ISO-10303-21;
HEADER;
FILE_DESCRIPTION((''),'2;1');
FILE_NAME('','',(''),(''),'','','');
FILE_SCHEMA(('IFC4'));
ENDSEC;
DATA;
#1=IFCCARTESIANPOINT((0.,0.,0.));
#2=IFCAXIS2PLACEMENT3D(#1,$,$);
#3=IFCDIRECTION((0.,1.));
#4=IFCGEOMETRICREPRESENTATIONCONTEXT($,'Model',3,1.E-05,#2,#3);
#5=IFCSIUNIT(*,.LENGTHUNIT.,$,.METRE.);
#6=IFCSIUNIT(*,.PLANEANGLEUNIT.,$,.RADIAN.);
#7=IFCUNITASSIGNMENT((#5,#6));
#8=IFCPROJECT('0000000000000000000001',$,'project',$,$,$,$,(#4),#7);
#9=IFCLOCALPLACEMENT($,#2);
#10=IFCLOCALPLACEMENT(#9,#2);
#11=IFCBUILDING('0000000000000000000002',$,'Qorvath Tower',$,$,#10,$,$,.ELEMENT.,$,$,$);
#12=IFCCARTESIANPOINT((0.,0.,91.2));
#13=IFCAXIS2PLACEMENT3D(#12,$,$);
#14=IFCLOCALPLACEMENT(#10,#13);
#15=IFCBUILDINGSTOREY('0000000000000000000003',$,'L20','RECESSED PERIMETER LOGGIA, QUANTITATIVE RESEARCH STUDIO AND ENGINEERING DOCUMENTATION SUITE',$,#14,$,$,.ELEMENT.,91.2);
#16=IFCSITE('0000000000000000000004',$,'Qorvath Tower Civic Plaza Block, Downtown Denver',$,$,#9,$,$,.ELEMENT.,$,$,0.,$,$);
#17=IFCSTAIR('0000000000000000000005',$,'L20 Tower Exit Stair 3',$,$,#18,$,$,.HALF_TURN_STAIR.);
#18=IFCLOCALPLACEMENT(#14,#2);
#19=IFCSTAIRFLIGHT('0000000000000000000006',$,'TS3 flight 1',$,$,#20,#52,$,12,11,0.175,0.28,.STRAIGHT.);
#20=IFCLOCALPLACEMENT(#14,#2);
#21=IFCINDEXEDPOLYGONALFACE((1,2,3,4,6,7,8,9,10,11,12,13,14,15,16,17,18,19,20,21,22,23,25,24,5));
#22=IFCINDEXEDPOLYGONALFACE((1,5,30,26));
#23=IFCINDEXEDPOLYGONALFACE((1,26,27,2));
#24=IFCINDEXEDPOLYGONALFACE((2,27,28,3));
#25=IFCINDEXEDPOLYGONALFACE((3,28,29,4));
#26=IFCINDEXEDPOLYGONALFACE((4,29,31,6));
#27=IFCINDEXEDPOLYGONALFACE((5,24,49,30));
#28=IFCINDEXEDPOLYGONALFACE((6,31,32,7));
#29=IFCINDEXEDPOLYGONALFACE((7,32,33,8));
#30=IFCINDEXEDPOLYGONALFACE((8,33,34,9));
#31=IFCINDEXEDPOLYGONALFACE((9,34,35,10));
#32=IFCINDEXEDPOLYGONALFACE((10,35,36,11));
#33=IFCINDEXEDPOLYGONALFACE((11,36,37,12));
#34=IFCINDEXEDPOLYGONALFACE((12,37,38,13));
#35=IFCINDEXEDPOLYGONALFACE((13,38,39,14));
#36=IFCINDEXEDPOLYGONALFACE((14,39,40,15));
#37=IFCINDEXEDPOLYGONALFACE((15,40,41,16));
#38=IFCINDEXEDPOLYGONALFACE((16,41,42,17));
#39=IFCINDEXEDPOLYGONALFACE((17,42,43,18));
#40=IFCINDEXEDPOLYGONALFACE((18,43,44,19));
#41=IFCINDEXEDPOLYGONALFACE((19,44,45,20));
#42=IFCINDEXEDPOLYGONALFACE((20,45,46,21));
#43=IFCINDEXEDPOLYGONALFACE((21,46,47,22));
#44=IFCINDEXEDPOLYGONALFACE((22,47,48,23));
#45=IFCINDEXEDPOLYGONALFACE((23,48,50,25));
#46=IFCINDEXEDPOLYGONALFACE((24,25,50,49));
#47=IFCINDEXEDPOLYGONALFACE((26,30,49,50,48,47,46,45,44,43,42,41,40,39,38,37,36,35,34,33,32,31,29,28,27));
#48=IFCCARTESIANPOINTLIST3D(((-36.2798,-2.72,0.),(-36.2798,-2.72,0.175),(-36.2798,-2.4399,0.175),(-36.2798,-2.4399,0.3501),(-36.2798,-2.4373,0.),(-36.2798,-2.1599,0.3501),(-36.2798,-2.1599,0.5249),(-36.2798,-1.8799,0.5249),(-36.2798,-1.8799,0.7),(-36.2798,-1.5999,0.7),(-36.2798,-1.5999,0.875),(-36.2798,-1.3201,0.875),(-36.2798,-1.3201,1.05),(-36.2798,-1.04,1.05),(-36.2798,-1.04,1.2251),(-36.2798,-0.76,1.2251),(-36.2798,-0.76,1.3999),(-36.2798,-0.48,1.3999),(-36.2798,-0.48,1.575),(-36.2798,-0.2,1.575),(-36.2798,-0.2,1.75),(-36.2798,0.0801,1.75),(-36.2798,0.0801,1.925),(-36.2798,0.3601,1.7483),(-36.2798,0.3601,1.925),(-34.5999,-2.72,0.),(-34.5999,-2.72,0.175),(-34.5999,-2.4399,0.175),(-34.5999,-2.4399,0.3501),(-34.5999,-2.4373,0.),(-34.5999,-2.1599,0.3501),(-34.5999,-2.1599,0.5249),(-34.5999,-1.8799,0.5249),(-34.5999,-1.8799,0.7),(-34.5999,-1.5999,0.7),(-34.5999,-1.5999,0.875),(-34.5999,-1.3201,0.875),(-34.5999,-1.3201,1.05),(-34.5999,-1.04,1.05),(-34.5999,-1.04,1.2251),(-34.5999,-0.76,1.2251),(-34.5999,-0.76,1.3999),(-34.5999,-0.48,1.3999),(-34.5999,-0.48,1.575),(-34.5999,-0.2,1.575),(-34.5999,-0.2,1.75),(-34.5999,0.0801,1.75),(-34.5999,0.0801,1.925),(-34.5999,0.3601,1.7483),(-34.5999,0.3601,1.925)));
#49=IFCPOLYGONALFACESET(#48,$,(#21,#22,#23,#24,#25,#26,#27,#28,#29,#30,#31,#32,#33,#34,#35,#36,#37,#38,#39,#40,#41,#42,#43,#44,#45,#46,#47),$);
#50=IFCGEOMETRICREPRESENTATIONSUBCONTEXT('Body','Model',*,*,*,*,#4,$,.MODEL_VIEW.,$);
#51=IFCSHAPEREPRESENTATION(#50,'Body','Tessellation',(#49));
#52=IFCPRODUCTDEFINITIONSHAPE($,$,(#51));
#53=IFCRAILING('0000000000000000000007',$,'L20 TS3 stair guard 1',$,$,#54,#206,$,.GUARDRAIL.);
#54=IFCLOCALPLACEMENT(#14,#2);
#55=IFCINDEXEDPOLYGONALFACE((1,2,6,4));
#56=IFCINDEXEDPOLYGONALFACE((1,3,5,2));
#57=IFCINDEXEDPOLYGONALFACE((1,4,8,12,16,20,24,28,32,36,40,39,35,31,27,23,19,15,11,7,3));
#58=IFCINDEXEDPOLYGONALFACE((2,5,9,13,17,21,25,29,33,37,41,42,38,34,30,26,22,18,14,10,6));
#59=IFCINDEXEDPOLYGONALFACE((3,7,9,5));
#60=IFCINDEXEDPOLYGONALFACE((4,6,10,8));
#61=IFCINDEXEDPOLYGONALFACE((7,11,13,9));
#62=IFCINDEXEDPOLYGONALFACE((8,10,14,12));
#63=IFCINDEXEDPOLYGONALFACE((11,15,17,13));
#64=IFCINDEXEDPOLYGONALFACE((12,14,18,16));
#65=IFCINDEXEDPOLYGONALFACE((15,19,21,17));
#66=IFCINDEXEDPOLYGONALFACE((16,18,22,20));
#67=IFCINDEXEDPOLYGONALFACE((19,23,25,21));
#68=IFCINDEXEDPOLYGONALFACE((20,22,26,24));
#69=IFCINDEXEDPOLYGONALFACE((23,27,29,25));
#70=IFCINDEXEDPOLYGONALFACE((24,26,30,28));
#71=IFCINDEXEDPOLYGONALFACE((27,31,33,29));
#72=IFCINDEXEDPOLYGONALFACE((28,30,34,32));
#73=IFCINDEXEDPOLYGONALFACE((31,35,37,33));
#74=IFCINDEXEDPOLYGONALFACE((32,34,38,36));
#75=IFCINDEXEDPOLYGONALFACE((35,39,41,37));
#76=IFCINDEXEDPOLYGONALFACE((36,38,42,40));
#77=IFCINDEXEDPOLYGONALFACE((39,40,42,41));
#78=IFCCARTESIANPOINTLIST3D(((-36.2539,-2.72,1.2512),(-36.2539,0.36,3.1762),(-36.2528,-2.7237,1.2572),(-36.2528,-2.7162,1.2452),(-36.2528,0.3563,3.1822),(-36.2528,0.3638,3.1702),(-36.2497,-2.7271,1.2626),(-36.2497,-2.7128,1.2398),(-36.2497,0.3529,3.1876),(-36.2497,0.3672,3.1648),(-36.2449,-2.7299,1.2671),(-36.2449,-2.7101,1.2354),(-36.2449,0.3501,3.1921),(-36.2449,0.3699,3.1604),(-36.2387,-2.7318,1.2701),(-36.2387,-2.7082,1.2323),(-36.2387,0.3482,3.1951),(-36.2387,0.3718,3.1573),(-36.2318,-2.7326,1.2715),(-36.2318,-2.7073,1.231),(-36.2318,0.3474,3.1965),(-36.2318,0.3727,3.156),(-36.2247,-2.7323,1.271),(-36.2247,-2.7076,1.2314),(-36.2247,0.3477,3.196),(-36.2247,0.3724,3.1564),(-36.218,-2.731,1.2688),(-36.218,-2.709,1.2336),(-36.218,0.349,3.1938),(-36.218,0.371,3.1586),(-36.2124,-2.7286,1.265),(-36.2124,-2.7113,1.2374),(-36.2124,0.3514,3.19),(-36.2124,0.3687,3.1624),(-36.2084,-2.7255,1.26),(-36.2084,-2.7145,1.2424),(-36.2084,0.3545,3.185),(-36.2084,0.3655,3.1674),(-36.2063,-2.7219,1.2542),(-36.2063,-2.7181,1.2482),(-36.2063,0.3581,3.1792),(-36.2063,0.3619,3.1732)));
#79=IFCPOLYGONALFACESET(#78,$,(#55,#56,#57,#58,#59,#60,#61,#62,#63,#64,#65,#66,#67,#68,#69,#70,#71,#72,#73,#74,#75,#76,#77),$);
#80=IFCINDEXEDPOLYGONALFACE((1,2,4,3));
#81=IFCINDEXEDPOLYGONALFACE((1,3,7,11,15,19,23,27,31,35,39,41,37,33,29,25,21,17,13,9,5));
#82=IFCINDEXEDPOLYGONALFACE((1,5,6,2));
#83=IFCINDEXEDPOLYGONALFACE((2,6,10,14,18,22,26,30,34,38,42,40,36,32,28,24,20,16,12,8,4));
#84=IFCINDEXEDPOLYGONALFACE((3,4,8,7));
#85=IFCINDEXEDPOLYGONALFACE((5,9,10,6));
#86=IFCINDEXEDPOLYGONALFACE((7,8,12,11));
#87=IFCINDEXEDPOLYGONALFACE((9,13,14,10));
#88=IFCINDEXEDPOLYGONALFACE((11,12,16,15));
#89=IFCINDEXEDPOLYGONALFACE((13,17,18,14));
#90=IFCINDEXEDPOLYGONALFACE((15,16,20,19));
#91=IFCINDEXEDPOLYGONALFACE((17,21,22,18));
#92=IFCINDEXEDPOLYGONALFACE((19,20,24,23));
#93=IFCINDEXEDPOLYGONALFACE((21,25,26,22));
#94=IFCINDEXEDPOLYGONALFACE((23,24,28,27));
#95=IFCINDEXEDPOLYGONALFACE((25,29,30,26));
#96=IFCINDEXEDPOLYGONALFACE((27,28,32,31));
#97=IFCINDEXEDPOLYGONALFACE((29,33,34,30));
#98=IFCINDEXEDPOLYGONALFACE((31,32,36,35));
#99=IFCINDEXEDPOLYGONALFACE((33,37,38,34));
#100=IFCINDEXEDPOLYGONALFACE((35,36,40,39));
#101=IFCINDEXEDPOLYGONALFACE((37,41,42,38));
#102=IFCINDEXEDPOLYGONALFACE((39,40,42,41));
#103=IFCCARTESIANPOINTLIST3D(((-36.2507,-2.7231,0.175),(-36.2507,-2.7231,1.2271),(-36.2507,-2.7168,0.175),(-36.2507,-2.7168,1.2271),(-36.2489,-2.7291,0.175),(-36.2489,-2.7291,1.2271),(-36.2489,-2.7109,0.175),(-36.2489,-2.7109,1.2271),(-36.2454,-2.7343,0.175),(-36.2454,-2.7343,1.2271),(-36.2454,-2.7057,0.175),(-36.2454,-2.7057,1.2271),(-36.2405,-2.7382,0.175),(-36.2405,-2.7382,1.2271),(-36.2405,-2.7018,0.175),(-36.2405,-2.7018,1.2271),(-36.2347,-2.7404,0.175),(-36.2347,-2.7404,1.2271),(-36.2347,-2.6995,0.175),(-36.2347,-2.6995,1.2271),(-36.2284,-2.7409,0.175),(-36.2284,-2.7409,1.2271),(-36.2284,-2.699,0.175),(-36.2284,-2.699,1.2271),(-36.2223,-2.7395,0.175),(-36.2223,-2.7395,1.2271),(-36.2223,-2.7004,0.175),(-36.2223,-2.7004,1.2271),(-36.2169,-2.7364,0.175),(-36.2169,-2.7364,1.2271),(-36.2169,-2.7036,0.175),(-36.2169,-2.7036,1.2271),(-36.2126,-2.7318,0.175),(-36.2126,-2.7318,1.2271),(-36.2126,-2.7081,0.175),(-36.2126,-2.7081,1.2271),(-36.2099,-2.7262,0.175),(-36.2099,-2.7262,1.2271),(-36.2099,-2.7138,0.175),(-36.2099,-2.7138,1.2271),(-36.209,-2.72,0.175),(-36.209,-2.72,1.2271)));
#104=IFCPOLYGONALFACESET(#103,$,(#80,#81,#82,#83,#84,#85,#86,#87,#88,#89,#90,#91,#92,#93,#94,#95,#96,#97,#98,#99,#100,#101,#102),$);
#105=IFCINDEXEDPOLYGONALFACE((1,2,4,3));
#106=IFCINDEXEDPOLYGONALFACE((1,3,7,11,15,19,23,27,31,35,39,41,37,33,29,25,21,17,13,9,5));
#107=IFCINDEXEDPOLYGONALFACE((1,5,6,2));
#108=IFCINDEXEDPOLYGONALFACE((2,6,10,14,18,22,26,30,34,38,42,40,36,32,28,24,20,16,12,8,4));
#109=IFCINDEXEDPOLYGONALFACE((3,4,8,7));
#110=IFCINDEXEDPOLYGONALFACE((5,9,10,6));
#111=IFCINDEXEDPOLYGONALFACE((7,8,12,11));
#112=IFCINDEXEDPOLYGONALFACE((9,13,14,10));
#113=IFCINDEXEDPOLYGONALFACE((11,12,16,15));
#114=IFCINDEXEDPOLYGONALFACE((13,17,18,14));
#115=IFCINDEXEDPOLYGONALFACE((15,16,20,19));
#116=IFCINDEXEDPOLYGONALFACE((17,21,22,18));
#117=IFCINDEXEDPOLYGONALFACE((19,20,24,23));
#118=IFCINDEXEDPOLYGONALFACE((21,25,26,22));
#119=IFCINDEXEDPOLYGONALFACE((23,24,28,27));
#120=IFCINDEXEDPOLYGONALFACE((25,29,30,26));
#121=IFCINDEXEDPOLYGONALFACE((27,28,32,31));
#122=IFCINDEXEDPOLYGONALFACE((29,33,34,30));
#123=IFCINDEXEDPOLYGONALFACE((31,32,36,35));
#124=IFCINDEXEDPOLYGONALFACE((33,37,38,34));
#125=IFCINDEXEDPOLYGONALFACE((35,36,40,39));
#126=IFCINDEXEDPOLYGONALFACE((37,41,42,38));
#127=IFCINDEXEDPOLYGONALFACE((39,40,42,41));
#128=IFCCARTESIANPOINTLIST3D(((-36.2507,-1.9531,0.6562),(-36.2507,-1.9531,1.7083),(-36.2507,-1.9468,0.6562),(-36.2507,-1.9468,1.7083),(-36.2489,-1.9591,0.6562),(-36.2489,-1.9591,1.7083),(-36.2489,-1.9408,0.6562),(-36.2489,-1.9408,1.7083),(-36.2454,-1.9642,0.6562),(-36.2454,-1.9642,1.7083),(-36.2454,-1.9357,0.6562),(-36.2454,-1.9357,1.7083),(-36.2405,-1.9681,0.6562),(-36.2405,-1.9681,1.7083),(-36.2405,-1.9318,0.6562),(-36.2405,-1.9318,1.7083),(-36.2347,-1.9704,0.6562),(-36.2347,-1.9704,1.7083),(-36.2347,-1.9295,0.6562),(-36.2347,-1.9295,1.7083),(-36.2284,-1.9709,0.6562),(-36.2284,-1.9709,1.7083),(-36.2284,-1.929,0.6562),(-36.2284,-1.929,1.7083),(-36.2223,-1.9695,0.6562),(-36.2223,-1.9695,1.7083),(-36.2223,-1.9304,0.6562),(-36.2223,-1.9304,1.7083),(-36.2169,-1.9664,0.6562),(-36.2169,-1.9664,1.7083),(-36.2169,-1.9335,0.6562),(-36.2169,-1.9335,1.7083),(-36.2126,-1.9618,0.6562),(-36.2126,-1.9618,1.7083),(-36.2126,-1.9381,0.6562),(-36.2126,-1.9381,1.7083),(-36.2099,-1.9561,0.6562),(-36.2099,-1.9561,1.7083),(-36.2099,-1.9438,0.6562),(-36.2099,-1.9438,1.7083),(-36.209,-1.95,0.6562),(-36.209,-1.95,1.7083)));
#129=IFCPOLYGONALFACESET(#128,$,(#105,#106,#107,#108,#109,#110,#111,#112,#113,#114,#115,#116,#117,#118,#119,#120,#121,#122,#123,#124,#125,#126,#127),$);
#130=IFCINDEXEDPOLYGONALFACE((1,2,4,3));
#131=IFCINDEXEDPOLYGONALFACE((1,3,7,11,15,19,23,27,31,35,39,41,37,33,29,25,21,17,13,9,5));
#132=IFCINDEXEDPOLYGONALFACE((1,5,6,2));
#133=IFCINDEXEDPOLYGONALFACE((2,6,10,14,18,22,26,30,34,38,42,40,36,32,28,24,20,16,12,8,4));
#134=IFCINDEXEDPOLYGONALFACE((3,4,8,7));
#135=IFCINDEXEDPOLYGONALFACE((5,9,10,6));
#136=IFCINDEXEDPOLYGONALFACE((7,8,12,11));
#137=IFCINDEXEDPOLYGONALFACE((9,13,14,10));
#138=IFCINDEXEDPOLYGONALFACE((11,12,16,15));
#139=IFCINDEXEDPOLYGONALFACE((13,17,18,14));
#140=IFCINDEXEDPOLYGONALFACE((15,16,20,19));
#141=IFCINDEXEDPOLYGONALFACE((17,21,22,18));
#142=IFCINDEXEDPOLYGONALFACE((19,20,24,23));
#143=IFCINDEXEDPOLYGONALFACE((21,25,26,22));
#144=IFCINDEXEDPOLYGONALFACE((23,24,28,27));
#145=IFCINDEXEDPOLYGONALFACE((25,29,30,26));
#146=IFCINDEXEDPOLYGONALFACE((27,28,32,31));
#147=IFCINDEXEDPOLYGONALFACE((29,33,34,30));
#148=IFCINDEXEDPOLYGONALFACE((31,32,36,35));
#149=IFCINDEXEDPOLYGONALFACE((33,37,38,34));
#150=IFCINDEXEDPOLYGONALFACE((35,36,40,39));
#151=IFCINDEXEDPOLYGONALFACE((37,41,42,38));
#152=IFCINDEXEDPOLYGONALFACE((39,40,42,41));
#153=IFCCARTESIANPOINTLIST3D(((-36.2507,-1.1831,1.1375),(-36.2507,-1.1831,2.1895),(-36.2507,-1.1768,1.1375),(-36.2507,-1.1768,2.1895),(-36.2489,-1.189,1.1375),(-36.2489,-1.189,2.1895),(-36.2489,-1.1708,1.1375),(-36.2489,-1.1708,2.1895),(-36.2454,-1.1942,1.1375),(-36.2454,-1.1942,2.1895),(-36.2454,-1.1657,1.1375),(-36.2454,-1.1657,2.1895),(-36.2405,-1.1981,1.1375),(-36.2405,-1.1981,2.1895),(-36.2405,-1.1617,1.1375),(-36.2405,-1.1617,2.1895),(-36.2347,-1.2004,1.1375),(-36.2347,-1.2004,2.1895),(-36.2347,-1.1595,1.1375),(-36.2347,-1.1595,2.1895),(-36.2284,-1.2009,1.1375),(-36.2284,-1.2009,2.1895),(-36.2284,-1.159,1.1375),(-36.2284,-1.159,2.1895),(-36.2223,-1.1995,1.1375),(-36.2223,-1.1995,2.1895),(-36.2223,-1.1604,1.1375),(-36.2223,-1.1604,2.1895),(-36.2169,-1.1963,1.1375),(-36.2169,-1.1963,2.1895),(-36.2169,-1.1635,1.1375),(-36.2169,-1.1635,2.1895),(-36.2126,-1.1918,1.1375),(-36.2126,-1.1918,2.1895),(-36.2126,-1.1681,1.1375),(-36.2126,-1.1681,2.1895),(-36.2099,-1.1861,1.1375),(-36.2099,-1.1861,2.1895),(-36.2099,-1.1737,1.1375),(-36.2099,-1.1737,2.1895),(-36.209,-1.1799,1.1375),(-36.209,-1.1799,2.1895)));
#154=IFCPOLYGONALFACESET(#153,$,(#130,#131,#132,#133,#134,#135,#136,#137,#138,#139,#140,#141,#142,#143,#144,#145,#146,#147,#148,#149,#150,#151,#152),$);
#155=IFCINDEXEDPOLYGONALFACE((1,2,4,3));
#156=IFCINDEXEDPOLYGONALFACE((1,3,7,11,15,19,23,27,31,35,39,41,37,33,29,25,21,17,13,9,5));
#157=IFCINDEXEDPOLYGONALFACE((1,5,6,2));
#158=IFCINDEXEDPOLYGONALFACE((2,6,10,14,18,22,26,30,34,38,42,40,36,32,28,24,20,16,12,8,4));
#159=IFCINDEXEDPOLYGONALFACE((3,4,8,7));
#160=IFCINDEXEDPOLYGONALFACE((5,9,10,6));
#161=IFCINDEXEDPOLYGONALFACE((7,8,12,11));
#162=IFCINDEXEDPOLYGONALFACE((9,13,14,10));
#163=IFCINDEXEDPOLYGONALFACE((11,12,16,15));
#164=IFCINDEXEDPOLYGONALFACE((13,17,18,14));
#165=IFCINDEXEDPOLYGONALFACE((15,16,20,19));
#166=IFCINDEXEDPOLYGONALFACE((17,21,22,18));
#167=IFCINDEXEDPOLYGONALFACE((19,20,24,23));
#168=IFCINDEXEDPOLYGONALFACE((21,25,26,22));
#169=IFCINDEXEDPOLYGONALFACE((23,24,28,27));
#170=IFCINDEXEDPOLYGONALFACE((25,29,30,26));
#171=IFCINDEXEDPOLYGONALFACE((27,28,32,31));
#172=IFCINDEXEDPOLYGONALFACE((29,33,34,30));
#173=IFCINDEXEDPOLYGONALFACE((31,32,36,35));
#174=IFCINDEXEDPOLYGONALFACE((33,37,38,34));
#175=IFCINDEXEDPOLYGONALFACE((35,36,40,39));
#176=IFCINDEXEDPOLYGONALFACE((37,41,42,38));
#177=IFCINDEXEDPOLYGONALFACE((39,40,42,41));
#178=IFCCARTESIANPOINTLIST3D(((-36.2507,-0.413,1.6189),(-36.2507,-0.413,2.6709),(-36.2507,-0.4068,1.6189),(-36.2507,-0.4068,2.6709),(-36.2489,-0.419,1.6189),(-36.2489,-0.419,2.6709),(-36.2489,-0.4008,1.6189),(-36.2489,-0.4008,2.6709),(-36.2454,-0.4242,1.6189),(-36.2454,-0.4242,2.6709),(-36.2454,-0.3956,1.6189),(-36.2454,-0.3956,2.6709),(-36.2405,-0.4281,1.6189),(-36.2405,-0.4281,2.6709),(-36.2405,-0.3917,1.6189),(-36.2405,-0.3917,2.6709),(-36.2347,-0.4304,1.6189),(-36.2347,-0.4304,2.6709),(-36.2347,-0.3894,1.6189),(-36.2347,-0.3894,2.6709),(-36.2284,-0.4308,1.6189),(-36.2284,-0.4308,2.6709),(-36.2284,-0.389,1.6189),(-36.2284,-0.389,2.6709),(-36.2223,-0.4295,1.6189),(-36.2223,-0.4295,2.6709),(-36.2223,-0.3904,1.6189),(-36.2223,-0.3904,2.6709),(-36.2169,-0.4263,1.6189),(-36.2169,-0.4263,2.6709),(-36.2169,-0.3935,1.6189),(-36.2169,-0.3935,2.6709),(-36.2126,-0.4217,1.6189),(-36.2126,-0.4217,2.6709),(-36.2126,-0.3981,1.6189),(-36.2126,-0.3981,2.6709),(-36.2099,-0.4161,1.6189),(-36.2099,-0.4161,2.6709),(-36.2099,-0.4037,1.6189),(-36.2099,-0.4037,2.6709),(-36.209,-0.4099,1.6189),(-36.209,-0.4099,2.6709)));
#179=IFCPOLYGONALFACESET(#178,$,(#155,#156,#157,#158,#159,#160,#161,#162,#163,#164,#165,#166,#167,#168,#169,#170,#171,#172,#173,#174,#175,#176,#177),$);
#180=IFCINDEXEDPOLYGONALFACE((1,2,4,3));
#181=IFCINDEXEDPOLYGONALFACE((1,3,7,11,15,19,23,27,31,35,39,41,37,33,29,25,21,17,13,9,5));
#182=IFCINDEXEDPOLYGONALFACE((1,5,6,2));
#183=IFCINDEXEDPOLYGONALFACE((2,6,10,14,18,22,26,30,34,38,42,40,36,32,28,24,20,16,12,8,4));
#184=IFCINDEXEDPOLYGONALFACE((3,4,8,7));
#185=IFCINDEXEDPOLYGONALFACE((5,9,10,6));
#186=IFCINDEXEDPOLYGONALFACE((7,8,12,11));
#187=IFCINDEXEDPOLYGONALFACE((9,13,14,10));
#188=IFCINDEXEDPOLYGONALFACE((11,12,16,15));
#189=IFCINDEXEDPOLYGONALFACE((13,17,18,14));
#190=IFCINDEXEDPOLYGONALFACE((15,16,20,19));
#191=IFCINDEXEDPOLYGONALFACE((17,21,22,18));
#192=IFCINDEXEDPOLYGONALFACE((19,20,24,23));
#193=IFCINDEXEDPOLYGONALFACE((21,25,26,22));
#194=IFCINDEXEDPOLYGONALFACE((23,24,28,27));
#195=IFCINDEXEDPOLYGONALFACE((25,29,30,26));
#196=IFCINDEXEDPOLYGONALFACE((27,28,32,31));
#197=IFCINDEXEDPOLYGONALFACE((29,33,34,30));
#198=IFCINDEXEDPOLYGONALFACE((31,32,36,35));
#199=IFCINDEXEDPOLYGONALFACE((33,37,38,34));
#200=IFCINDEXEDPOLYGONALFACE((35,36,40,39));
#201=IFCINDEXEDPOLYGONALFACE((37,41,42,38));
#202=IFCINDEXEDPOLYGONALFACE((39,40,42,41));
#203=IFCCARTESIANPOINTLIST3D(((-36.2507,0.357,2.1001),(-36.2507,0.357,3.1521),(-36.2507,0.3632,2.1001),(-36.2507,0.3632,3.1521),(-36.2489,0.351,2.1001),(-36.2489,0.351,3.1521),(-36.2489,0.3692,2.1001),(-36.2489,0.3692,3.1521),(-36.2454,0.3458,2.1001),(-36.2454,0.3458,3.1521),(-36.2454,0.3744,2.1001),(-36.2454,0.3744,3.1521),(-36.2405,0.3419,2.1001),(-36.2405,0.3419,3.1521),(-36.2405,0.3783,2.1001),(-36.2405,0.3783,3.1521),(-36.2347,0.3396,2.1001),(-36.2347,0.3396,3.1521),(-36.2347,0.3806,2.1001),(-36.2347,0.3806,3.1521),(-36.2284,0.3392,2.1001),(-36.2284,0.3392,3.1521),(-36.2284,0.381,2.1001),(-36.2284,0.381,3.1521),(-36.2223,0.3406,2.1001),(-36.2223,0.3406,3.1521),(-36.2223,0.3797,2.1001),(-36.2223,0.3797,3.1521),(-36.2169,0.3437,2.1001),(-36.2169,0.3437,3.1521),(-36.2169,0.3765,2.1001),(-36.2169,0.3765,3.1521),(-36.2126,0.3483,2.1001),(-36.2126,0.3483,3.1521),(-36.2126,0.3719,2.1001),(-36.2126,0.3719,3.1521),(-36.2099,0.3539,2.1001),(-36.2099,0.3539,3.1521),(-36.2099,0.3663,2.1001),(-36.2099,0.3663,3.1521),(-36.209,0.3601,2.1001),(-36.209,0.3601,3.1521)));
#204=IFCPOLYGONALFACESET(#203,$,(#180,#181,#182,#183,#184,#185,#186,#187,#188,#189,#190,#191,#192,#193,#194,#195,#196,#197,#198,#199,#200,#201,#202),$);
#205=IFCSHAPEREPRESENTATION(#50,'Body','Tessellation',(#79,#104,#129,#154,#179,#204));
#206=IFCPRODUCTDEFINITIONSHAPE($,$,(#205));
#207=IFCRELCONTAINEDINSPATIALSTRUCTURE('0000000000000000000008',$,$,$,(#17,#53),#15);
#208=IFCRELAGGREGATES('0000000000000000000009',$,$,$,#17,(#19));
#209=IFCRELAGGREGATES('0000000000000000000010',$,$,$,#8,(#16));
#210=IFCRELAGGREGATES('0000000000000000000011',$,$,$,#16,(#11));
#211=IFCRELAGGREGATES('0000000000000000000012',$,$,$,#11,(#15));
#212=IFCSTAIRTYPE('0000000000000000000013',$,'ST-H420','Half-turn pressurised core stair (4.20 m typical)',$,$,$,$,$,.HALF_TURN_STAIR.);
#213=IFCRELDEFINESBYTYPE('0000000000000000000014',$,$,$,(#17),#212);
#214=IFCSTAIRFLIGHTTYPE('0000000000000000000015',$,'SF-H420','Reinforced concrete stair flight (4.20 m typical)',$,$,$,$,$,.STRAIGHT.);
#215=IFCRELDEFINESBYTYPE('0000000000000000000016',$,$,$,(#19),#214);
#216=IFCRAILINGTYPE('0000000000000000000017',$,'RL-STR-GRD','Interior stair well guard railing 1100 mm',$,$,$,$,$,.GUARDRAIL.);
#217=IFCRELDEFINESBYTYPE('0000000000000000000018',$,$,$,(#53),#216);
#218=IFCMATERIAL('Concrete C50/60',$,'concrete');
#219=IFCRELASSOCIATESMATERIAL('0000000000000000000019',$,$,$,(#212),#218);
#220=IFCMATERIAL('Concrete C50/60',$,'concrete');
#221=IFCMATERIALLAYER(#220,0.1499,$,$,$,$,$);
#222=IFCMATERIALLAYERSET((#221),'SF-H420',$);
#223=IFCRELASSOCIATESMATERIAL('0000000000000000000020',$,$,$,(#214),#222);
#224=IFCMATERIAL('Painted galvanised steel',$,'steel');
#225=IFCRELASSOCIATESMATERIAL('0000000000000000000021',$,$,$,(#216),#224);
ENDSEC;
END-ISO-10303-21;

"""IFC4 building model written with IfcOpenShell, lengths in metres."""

from ifc_helpers import new_model, si_unit, direction, frame, origin, origin_2d, place, context, subcontext, project, spatial, polyline, circle, outline, extrude, material, layer, layer_set, type_object, element, aggregate, save


model = new_model("IFC4")

# Units and contexts
model_context = context("Model", 3, precision=1e-05, world=origin(), true_north=direction((0.0, 1.0)))
body_context = subcontext(model_context, "Body", "Model", "MODEL_VIEW")
ifc_project = project(units=[si_unit("LENGTHUNIT", "METRE"), si_unit("PLANEANGLEUNIT", "RADIAN")], contexts=[model_context])

# Site, building, storey
site_placement = place(None, origin())
site = spatial("IfcSite", under=ifc_project, at=site_placement, Name="Qorvath Tower Civic Plaza Block, Downtown Denver", CompositionType="ELEMENT", RefElevation=0.0)
building_placement = place(site_placement, origin())
building = spatial("IfcBuilding", under=site, at=building_placement, Name="Qorvath Tower", CompositionType="ELEMENT")
storey_placement = place(building_placement, frame((0.0, 0.0, 91.2)))
storey = spatial("IfcBuildingStorey", under=building, at=storey_placement, Name="L20", Description="RECESSED PERIMETER LOGGIA, QUANTITATIVE RESEARCH STUDIO AND ENGINEERING DOCUMENTATION SUITE", CompositionType="ELEMENT", Elevation=91.2)

# Stair, stair flight
ifc_material_1 = material(Name="Concrete C50/60", Category="concrete")
stair_type = type_object("IfcStairType", Name="ST-H420", Description="Half-turn pressurised core stair (4.20 m typical)", PredefinedType="HALF_TURN_STAIR", material=ifc_material_1)
stair_placement = place(storey_placement, origin())
stair = element("IfcStair", 1, at=stair_placement, inside=storey, type_object=stair_type, Name="L20 Tower Exit Stair 3", PredefinedType="HALF_TURN_STAIR")
ifc_material_2 = material(Name="Concrete C50/60", Category="concrete")
ifc_layer_1 = layer(ifc_material_2, 0.1499)
ifc_layer_set_1 = layer_set([ifc_layer_1], Name="SF-H420")
stair_flight_type = type_object("IfcStairFlightType", Name="SF-H420", Description="Reinforced concrete stair flight (4.20 m typical)", PredefinedType="STRAIGHT", material=ifc_layer_set_1)
stair_flight_placement = place(storey_placement, frame((-35.4399, -2.72, 0.0), z_axis=(0.0, 0.0, 1.0), x_axis=(0.0, 1.0, 0.0)))
stair_flight = element("IfcStairFlight", 2, at=stair_flight_placement, type_object=stair_flight_type, Name="TS3 flight 1", NumberOfRisers=12, NumberOfTreads=11, PredefinedType="STRAIGHT", RiserHeight=0.175, TreadLength=0.28, context=body_context, shape_type="SweptSolid", body=[
    extrude(outline(polyline([(0.0, 0.0), (0.0, 0.175), (0.28, 0.175), (0.28, 0.3501), (0.5601, 0.3501), (0.5601, 0.5249), (0.8401, 0.5249), (0.8401, 0.7), (1.1201, 0.7), (1.1201, 0.875), (1.3999, 0.875), (1.3999, 1.05), (1.6799, 1.05), (1.6799, 1.2251), (1.96, 1.2251), (1.96, 1.3999), (2.24, 1.3999), (2.24, 1.575), (2.52, 1.575), (2.52, 1.75), (2.8, 1.75), (2.8, 1.925), (3.0801, 1.925), (3.0801, 2.1001), (3.0801, 1.7483), (0.2827, 0.0), (0.0, 0.0)])), frame((0.0, 0.8398, 0.0), z_axis=(0.0, -1.0, 0.0), x_axis=(1.0, 0.0, 0.0)), (0.0, 0.0, 1.0), 1.6799),
])
aggregate(stair, [stair_flight])

# Railing
ifc_material_3 = material(Name="Painted galvanised steel", Category="steel")
railing_type_1 = type_object("IfcRailingType", Name="RL-STR-GRD", Description="Interior stair well guard railing 1100 mm", PredefinedType="GUARDRAIL", material=ifc_material_3)
railing_1_placement = place(storey_placement, frame((-36.23, -2.72, 0.175)))
element("IfcRailing", 3, at=railing_1_placement, inside=storey, type_object=railing_type_1, Name="L20 TS3 stair guard 1", PredefinedType="GUARDRAIL", context=body_context, shape_type="SweptSolid", body=[
    extrude(circle(Radius=0.0239, at=origin_2d()), frame((0.0, 0.0, 1.0762), z_axis=(0.0, 0.847998, 0.529999), x_axis=(-1.0, 0.0, 0.0)), (0.0, 0.0, 1.0), 3.6321),
    extrude(circle(Radius=0.021, at=origin_2d()), origin(), (0.0, 0.0, 1.0), 1.052),
    extrude(circle(Radius=0.021, at=origin_2d()), frame((0.0, 0.77, 0.4812)), (0.0, 0.0, 1.0), 1.052),
    extrude(circle(Radius=0.021, at=origin_2d()), frame((0.0, 1.54, 0.9624)), (0.0, 0.0, 1.0), 1.052),
    extrude(circle(Radius=0.021, at=origin_2d()), frame((0.0, 2.3101, 1.4438)), (0.0, 0.0, 1.0), 1.052),
    extrude(circle(Radius=0.021, at=origin_2d()), frame((0.0, 3.0801, 1.925)), (0.0, 0.0, 1.0), 1.052),
])

save(model, "model.ifc")
